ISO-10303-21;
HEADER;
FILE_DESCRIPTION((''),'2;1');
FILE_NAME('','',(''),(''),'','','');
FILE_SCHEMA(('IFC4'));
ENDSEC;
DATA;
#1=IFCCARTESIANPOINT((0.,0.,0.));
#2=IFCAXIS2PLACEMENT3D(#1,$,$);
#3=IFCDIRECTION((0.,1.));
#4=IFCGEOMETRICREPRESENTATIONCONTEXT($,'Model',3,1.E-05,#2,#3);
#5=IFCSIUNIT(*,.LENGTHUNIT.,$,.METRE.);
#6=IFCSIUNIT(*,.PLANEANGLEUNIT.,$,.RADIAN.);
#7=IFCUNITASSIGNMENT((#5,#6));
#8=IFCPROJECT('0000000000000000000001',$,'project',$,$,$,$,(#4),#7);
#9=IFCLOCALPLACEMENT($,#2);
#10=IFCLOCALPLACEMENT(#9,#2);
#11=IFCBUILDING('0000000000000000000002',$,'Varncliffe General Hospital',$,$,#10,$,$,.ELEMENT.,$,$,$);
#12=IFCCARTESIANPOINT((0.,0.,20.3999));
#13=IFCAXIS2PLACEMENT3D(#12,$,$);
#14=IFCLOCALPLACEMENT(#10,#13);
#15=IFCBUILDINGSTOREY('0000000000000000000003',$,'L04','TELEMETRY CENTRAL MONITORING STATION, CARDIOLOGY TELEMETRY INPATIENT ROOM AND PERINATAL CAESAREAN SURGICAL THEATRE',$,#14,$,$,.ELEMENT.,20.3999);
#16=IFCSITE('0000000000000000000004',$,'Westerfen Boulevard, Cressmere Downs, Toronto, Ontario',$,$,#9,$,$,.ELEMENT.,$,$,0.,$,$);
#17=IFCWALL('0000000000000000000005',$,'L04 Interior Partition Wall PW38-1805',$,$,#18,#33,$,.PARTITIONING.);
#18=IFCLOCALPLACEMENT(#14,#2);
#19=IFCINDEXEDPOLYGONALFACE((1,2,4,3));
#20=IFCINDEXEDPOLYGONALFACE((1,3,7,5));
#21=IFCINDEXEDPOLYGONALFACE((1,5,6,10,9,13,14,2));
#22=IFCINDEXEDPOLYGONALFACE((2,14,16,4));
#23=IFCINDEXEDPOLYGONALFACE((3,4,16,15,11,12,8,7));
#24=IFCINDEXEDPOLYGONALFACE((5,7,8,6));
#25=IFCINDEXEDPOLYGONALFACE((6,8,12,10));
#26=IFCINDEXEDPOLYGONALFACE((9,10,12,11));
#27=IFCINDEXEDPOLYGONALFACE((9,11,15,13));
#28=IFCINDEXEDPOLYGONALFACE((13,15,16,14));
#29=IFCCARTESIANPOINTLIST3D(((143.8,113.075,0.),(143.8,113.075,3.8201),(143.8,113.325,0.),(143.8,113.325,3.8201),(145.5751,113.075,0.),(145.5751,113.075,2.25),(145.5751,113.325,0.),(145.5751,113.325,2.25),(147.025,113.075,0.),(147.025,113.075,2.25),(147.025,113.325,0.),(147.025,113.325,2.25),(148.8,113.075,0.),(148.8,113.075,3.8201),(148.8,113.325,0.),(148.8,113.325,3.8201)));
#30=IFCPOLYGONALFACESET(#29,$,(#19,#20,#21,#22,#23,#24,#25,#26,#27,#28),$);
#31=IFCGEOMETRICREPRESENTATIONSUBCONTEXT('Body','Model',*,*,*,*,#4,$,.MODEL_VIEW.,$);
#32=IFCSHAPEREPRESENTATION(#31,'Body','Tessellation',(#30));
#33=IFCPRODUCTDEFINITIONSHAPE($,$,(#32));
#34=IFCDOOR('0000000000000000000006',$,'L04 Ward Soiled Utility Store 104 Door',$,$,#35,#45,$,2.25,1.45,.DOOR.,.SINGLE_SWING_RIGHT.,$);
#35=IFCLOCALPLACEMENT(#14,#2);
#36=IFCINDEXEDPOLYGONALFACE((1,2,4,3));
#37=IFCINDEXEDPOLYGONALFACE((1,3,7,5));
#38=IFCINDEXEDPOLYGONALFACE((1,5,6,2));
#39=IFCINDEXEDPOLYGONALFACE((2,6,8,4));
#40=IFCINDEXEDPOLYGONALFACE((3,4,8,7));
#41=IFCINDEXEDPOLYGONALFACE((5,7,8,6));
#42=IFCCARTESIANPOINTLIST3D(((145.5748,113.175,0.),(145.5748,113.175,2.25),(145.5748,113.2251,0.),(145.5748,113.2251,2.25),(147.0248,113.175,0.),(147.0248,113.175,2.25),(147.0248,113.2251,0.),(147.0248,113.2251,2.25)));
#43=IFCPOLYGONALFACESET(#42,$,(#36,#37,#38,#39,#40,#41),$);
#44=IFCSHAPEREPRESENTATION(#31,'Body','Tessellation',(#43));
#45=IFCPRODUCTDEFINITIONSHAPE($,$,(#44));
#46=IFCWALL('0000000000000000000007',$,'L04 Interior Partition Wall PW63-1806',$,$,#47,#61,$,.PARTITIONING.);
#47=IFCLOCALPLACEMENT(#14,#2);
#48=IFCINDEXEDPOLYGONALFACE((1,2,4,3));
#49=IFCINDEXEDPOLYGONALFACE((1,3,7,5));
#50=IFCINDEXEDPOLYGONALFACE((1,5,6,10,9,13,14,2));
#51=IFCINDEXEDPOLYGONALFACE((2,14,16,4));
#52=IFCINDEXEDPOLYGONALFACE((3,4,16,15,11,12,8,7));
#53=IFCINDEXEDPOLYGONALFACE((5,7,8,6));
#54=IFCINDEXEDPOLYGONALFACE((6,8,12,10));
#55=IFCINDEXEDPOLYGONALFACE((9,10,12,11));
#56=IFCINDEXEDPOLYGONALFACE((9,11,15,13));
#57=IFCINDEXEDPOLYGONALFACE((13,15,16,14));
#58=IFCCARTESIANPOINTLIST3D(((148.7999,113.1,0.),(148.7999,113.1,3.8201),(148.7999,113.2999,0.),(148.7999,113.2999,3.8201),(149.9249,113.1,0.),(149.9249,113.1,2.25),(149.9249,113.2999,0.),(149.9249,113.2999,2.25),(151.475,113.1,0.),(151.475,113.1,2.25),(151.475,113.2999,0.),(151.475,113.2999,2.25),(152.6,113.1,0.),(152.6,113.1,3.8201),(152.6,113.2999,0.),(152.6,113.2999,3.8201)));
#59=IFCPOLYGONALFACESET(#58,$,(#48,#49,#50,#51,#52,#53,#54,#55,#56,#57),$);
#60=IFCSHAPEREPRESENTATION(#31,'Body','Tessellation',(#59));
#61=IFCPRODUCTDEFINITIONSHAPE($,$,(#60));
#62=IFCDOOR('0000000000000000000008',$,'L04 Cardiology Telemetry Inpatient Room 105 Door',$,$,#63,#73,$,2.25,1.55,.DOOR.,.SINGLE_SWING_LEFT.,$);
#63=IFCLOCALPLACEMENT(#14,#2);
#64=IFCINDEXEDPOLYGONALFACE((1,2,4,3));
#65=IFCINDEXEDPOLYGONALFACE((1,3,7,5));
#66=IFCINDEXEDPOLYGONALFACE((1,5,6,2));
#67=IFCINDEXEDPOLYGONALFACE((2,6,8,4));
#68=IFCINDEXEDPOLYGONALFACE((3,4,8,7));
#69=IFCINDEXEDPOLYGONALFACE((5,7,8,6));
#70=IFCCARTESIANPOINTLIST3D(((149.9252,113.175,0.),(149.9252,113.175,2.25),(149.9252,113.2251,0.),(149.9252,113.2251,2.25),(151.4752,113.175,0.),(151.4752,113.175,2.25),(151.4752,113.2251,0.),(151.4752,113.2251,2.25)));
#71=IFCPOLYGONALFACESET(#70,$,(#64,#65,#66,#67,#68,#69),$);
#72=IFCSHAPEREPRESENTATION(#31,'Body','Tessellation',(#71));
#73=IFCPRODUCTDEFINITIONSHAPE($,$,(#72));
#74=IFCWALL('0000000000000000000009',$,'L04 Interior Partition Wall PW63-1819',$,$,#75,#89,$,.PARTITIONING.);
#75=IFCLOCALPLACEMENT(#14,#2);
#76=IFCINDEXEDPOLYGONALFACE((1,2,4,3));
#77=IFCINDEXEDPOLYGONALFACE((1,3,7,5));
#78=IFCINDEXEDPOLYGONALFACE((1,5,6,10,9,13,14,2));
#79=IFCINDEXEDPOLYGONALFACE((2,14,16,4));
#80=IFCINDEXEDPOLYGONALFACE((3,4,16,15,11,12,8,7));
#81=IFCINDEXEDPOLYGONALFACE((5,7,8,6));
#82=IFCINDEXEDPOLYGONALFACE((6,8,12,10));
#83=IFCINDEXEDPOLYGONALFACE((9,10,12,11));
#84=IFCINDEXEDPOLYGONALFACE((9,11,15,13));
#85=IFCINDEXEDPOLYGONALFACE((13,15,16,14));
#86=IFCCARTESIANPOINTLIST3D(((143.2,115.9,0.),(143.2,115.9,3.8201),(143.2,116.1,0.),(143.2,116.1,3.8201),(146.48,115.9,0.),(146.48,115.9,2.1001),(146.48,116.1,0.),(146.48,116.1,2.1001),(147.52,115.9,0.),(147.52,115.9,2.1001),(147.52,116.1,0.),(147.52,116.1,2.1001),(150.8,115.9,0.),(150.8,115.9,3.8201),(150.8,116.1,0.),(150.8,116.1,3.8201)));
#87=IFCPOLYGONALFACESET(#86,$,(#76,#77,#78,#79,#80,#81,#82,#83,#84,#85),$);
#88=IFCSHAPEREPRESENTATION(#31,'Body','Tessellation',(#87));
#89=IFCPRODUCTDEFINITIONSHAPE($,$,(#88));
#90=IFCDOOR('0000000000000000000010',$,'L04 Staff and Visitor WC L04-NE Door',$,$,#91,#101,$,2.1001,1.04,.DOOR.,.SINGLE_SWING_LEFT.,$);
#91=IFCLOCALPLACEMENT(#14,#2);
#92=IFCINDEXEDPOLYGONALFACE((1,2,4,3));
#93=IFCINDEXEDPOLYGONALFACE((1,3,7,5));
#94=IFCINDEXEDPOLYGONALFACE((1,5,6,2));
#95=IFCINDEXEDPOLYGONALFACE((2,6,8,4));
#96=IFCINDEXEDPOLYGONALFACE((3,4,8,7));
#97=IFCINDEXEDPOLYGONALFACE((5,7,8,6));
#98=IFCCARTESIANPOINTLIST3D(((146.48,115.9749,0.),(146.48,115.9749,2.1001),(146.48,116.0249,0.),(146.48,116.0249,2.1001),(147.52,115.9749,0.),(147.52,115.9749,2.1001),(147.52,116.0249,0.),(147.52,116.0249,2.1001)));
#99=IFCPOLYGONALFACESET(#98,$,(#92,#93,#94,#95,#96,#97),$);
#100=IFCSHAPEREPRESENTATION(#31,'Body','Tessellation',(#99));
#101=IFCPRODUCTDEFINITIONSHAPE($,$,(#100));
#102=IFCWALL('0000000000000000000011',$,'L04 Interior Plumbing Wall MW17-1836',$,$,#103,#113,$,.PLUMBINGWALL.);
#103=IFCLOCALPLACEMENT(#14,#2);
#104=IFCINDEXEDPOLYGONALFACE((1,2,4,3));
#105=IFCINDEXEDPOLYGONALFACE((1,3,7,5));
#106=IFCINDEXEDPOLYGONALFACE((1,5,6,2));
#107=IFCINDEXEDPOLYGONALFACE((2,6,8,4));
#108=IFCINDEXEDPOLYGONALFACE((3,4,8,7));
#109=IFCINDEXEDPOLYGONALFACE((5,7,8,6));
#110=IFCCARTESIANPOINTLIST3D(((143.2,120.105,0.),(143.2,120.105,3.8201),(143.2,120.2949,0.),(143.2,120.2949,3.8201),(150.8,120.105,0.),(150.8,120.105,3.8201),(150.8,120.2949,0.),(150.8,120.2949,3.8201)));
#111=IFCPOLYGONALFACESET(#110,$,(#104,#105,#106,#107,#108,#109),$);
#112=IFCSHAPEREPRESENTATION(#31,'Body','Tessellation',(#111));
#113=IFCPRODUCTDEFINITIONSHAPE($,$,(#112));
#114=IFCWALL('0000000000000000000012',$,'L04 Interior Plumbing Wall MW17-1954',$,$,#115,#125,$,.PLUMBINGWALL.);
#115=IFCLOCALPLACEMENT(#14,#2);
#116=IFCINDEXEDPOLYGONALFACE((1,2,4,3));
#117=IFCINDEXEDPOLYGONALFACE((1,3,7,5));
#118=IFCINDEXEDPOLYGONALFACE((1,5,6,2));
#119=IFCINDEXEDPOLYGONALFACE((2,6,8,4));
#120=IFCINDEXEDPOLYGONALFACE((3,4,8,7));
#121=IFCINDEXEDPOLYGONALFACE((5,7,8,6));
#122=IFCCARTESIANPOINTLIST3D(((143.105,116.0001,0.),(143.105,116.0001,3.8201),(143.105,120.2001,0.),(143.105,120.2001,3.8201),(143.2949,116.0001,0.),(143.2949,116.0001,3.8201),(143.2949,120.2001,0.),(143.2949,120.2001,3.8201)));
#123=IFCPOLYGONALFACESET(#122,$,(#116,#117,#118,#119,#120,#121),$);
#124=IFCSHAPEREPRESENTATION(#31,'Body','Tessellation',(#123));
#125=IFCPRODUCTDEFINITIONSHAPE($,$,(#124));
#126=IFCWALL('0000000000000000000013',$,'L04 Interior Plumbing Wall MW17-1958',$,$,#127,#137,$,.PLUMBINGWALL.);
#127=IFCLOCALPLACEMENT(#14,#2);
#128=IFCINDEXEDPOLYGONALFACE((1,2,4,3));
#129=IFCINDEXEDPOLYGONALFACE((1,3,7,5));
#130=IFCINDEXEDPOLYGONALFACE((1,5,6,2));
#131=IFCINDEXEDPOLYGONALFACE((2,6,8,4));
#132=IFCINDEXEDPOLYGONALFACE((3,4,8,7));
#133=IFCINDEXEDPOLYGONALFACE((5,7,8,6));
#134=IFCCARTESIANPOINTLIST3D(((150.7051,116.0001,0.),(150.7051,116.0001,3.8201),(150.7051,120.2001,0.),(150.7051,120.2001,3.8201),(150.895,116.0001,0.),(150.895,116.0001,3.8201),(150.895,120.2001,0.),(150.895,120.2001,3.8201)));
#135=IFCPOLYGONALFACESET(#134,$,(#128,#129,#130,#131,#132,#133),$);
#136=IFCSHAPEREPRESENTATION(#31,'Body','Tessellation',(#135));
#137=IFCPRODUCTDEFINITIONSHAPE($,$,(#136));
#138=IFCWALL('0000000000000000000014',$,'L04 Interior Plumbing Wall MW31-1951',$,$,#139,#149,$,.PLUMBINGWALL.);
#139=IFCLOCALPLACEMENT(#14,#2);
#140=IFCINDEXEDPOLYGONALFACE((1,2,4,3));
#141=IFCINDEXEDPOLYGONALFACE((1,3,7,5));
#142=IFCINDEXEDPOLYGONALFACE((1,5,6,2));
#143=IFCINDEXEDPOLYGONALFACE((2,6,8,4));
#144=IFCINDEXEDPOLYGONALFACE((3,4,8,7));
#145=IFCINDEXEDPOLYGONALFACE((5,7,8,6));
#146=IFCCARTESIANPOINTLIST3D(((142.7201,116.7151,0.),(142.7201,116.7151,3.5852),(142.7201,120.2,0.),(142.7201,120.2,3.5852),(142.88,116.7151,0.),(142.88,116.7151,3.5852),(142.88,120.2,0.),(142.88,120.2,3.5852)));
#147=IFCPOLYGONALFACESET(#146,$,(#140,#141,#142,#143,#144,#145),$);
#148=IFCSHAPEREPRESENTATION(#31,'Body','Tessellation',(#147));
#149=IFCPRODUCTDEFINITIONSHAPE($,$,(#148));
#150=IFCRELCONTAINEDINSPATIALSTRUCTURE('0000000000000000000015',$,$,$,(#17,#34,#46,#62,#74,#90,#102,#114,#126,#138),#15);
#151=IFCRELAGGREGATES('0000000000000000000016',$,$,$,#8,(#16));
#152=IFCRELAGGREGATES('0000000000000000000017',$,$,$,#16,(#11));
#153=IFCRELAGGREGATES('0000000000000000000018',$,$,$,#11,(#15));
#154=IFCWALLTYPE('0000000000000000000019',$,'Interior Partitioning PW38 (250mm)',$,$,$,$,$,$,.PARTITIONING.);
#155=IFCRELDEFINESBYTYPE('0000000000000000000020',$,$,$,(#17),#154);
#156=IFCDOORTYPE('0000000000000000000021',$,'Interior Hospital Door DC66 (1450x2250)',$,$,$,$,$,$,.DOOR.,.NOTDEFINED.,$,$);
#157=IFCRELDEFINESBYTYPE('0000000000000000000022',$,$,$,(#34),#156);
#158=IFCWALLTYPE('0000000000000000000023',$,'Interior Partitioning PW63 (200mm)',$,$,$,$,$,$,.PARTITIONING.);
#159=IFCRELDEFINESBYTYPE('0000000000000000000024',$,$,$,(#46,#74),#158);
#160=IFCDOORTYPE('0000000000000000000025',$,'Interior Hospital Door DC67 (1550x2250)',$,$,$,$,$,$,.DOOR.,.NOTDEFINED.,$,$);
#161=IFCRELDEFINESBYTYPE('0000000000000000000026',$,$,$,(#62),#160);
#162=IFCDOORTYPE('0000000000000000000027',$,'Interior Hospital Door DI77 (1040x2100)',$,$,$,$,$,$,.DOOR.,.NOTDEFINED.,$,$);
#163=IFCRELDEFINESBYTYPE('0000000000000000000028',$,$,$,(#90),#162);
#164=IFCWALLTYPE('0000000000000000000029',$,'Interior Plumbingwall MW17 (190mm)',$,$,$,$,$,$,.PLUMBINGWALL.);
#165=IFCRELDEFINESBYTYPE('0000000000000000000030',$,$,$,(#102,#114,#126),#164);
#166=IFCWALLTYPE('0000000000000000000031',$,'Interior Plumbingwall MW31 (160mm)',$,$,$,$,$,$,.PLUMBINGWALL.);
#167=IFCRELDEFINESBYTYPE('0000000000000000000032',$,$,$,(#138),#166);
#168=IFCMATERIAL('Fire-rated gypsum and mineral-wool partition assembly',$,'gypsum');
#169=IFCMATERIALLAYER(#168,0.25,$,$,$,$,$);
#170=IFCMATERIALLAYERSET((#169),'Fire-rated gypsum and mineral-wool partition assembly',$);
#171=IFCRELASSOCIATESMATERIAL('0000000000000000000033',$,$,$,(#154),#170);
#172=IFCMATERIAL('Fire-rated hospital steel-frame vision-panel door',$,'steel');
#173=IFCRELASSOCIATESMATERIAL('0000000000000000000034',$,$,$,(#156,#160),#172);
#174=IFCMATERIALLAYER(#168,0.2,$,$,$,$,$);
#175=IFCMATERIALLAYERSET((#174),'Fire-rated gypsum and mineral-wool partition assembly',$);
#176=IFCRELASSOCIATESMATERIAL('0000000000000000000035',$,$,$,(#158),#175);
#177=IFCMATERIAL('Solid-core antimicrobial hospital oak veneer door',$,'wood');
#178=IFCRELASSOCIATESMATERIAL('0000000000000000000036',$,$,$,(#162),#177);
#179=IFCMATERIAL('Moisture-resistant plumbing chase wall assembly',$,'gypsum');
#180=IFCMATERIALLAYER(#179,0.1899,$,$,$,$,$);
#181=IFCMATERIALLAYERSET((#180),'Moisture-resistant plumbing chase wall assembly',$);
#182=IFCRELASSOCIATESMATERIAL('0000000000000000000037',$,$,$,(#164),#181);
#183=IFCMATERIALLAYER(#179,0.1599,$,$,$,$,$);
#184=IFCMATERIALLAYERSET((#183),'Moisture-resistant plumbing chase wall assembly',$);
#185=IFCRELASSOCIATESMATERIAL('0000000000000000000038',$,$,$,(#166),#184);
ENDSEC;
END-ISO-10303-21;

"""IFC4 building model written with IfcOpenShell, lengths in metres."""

from ifc_helpers import new_model, si_unit, direction, frame, frame_2d, origin, place, context, subcontext, project, spatial, rectangle, extrude, material, layer, layer_set, type_object, element, fill, save


model = new_model("IFC4")

# Units and contexts
model_context = context("Model", 3, precision=1e-05, world=origin(), true_north=direction((0.0, 1.0)))
body_context = subcontext(model_context, "Body", "Model", "MODEL_VIEW")
ifc_project = project(units=[si_unit("LENGTHUNIT", "METRE"), si_unit("PLANEANGLEUNIT", "RADIAN")], contexts=[model_context])

# Site, building, storey
site_placement = place(None, origin())
site = spatial("IfcSite", under=ifc_project, at=site_placement, Name="Westerfen Boulevard, Cressmere Downs, Toronto, Ontario", CompositionType="ELEMENT", RefElevation=0.0)
building_placement = place(site_placement, origin())
building = spatial("IfcBuilding", under=site, at=building_placement, Name="Varncliffe General Hospital", CompositionType="ELEMENT")
storey_placement = place(building_placement, frame((0.0, 0.0, 20.3999)))
storey = spatial("IfcBuildingStorey", under=building, at=storey_placement, Name="L04", Description="TELEMETRY CENTRAL MONITORING STATION, CARDIOLOGY TELEMETRY INPATIENT ROOM AND PERINATAL CAESAREAN SURGICAL THEATRE", CompositionType="ELEMENT", Elevation=20.3999)

# Walls, openings, doors
ifc_material_1 = material(Name="Fire-rated gypsum and mineral-wool partition assembly", Category="gypsum")
ifc_layer_1 = layer(ifc_material_1, 0.25)
ifc_layer_set_1 = layer_set([ifc_layer_1], Name="Fire-rated gypsum and mineral-wool partition assembly")
wall_type_1 = type_object("IfcWallType", Name="Interior Partitioning PW38 (250mm)", PredefinedType="PARTITIONING", material=ifc_layer_set_1)
wall_1_placement = place(storey_placement, frame((143.8, 113.2, 0.0), z_axis=(0.0, 0.0, 1.0), x_axis=(1.0, 0.0, 0.0)))
wall_1 = element("IfcWall", 1, at=wall_1_placement, inside=storey, type_object=wall_type_1, Name="L04 Interior Partition Wall PW38-1805", PredefinedType="PARTITIONING", context=body_context, shape_type="SweptSolid", body=[
    extrude(rectangle(XDim=5.0, YDim=0.25, at=frame_2d((2.5, 0.0))), origin(), (0.0, 0.0, 1.0), 3.8201),
])
opening_1_placement = place(wall_1_placement, frame((1.7749, 0.0, 0.0)))
opening_1 = element("IfcOpeningElement", 2, at=opening_1_placement, cuts=wall_1, PredefinedType="OPENING", context=body_context, shape_type="SweptSolid", body=[
    extrude(rectangle(XDim=1.45, YDim=2.25, at=frame_2d((0.7251, 1.125))), frame((0.0, 0.135, 0.0), z_axis=(0.0, -1.0, 0.0), x_axis=(1.0, 0.0, 0.0)), (0.0, 0.0, 1.0), 0.27),
])
ifc_material_2 = material(Name="Fire-rated hospital steel-frame vision-panel door", Category="steel")
door_type_1 = type_object("IfcDoorType", Name="Interior Hospital Door DC66 (1450x2250)", OperationType="NOTDEFINED", PredefinedType="DOOR", material=ifc_material_2)
door_1_placement = place(opening_1_placement, frame((1.45, 0.0, 0.0), z_axis=(0.0, 0.0, 1.0), x_axis=(-1.0, 0.0, 0.0)))
door_1 = element("IfcDoor", 3, at=door_1_placement, inside=storey, type_object=door_type_1, Name="L04 Ward Soiled Utility Store 104 Door", OperationType="SINGLE_SWING_RIGHT", OverallHeight=2.25, OverallWidth=1.45, PredefinedType="DOOR", context=body_context, shape_type="SweptSolid", body=[
    extrude(rectangle(XDim=1.45, YDim=2.25, at=frame_2d((0.7251, 1.125))), frame((0.0, 0.0249, 0.0), z_axis=(0.0, -1.0, 0.0), x_axis=(1.0, 0.0, 0.0)), (0.0, 0.0, 1.0), 0.05),
])
fill(opening_1, door_1)
ifc_layer_2 = layer(ifc_material_1, 0.2)
ifc_layer_set_2 = layer_set([ifc_layer_2], Name="Fire-rated gypsum and mineral-wool partition assembly")
wall_type_2 = type_object("IfcWallType", Name="Interior Partitioning PW63 (200mm)", PredefinedType="PARTITIONING", material=ifc_layer_set_2)
wall_2_placement = place(storey_placement, frame((148.8, 113.2, 0.0), z_axis=(0.0, 0.0, 1.0), x_axis=(1.0, 0.0, 0.0)))
wall_2 = element("IfcWall", 4, at=wall_2_placement, inside=storey, type_object=wall_type_2, Name="L04 Interior Partition Wall PW63-1806", PredefinedType="PARTITIONING", context=body_context, shape_type="SweptSolid", body=[
    extrude(rectangle(XDim=3.8, YDim=0.2, at=frame_2d((1.8999, 0.0))), origin(), (0.0, 0.0, 1.0), 3.8201),
])
opening_2_placement = place(wall_2_placement, frame((1.125, 0.0, 0.0)))
opening_2 = element("IfcOpeningElement", 5, at=opening_2_placement, cuts=wall_2, PredefinedType="OPENING", context=body_context, shape_type="SweptSolid", body=[
    extrude(rectangle(XDim=1.55, YDim=2.25, at=frame_2d((0.7749, 1.125))), frame((0.0, 0.1099, 0.0), z_axis=(0.0, -1.0, 0.0), x_axis=(1.0, 0.0, 0.0)), (0.0, 0.0, 1.0), 0.22),
])
door_type_2 = type_object("IfcDoorType", Name="Interior Hospital Door DC67 (1550x2250)", OperationType="NOTDEFINED", PredefinedType="DOOR", material=ifc_material_2)
door_2_placement = place(opening_2_placement, frame((1.55, 0.0, 0.0), z_axis=(0.0, 0.0, 1.0), x_axis=(-1.0, 0.0, 0.0)))
door_2 = element("IfcDoor", 6, at=door_2_placement, inside=storey, type_object=door_type_2, Name="L04 Cardiology Telemetry Inpatient Room 105 Door", OperationType="SINGLE_SWING_LEFT", OverallHeight=2.25, OverallWidth=1.55, PredefinedType="DOOR", context=body_context, shape_type="SweptSolid", body=[
    extrude(rectangle(XDim=1.55, YDim=2.25, at=frame_2d((0.7749, 1.125))), frame((0.0, 0.0249, 0.0), z_axis=(0.0, -1.0, 0.0), x_axis=(1.0, 0.0, 0.0)), (0.0, 0.0, 1.0), 0.05),
])
fill(opening_2, door_2)
wall_3_placement = place(storey_placement, frame((143.2, 116.0, 0.0), z_axis=(0.0, 0.0, 1.0), x_axis=(1.0, 0.0, 0.0)))
wall_3 = element("IfcWall", 7, at=wall_3_placement, inside=storey, type_object=wall_type_2, Name="L04 Interior Partition Wall PW63-1819", PredefinedType="PARTITIONING", context=body_context, shape_type="SweptSolid", body=[
    extrude(rectangle(XDim=7.6001, YDim=0.2, at=frame_2d((3.8, 0.0))), origin(), (0.0, 0.0, 1.0), 3.8201),
])
opening_3_placement = place(wall_3_placement, frame((3.28, 0.0, 0.0)))
opening_3 = element("IfcOpeningElement", 8, at=opening_3_placement, cuts=wall_3, PredefinedType="OPENING", context=body_context, shape_type="SweptSolid", body=[
    extrude(rectangle(XDim=1.04, YDim=2.1001, at=frame_2d((0.52, 1.05))), frame((0.0, 0.1099, 0.0), z_axis=(0.0, -1.0, 0.0), x_axis=(1.0, 0.0, 0.0)), (0.0, 0.0, 1.0), 0.22),
])
ifc_material_3 = material(Name="Solid-core antimicrobial hospital oak veneer door", Category="wood")
door_type_3 = type_object("IfcDoorType", Name="Interior Hospital Door DI77 (1040x2100)", OperationType="NOTDEFINED", PredefinedType="DOOR", material=ifc_material_3)
door_3_placement = place(opening_3_placement, origin())
door_3 = element("IfcDoor", 9, at=door_3_placement, inside=storey, type_object=door_type_3, Name="L04 Staff and Visitor WC L04-NE Door", OperationType="SINGLE_SWING_LEFT", OverallHeight=2.1001, OverallWidth=1.04, PredefinedType="DOOR", context=body_context, shape_type="SweptSolid", body=[
    extrude(rectangle(XDim=1.04, YDim=2.1001, at=frame_2d((0.52, 1.05))), frame((0.0, 0.0249, 0.0), z_axis=(0.0, -1.0, 0.0), x_axis=(1.0, 0.0, 0.0)), (0.0, 0.0, 1.0), 0.05),
])
fill(opening_3, door_3)

# Walls
ifc_material_4 = material(Name="Moisture-resistant plumbing chase wall assembly", Category="gypsum")
ifc_layer_3 = layer(ifc_material_4, 0.1899)
ifc_layer_set_3 = layer_set([ifc_layer_3], Name="Moisture-resistant plumbing chase wall assembly")
wall_type_3 = type_object("IfcWallType", Name="Interior Plumbingwall MW17 (190mm)", PredefinedType="PLUMBINGWALL", material=ifc_layer_set_3)
wall_4_placement = place(storey_placement, frame((143.2, 120.2, 0.0), z_axis=(0.0, 0.0, 1.0), x_axis=(1.0, 0.0, 0.0)))
element("IfcWall", 10, at=wall_4_placement, inside=storey, type_object=wall_type_3, Name="L04 Interior Plumbing Wall MW17-1836", PredefinedType="PLUMBINGWALL", context=body_context, shape_type="SweptSolid", body=[
    extrude(rectangle(XDim=7.6001, YDim=0.1899, at=frame_2d((3.8, 0.0))), origin(), (0.0, 0.0, 1.0), 3.8201),
])
for number, where, z_axis, x_axis, name in (
    (11, (143.2, 116.0, 0.0), (0.0, 0.0, 1.0), (0.0, 1.0, 0.0), "L04 Interior Plumbing Wall MW17-1954"),
    (12, (150.8, 116.0, 0.0), (0.0, 0.0, 1.0), (0.0, 1.0, 0.0), "L04 Interior Plumbing Wall MW17-1958"),
):
    element("IfcWall", number, at=place(storey_placement, frame(where, z_axis=z_axis, x_axis=x_axis)), inside=storey, type_object=wall_type_3, Name=name, PredefinedType="PLUMBINGWALL", context=body_context, shape_type="SweptSolid", body=[
        extrude(rectangle(XDim=4.2, YDim=0.1899, at=frame_2d((2.1001, 0.0))), origin(), (0.0, 0.0, 1.0), 3.8201),
    ])
ifc_layer_4 = layer(ifc_material_4, 0.1599)
ifc_layer_set_4 = layer_set([ifc_layer_4], Name="Moisture-resistant plumbing chase wall assembly")
wall_type_4 = type_object("IfcWallType", Name="Interior Plumbingwall MW31 (160mm)", PredefinedType="PLUMBINGWALL", material=ifc_layer_set_4)
wall_5_placement = place(storey_placement, frame((142.8, 116.7151, 0.0), z_axis=(0.0, 0.0, 1.0), x_axis=(0.0, 1.0, 0.0)))
element("IfcWall", 13, at=wall_5_placement, inside=storey, type_object=wall_type_4, Name="L04 Interior Plumbing Wall MW31-1951", PredefinedType="PLUMBINGWALL", context=body_context, shape_type="SweptSolid", body=[
    extrude(rectangle(XDim=3.4849, YDim=0.1599, at=frame_2d((1.7424, 0.0))), origin(), (0.0, 0.0, 1.0), 3.5852),
])

save(model, "model.ifc")
